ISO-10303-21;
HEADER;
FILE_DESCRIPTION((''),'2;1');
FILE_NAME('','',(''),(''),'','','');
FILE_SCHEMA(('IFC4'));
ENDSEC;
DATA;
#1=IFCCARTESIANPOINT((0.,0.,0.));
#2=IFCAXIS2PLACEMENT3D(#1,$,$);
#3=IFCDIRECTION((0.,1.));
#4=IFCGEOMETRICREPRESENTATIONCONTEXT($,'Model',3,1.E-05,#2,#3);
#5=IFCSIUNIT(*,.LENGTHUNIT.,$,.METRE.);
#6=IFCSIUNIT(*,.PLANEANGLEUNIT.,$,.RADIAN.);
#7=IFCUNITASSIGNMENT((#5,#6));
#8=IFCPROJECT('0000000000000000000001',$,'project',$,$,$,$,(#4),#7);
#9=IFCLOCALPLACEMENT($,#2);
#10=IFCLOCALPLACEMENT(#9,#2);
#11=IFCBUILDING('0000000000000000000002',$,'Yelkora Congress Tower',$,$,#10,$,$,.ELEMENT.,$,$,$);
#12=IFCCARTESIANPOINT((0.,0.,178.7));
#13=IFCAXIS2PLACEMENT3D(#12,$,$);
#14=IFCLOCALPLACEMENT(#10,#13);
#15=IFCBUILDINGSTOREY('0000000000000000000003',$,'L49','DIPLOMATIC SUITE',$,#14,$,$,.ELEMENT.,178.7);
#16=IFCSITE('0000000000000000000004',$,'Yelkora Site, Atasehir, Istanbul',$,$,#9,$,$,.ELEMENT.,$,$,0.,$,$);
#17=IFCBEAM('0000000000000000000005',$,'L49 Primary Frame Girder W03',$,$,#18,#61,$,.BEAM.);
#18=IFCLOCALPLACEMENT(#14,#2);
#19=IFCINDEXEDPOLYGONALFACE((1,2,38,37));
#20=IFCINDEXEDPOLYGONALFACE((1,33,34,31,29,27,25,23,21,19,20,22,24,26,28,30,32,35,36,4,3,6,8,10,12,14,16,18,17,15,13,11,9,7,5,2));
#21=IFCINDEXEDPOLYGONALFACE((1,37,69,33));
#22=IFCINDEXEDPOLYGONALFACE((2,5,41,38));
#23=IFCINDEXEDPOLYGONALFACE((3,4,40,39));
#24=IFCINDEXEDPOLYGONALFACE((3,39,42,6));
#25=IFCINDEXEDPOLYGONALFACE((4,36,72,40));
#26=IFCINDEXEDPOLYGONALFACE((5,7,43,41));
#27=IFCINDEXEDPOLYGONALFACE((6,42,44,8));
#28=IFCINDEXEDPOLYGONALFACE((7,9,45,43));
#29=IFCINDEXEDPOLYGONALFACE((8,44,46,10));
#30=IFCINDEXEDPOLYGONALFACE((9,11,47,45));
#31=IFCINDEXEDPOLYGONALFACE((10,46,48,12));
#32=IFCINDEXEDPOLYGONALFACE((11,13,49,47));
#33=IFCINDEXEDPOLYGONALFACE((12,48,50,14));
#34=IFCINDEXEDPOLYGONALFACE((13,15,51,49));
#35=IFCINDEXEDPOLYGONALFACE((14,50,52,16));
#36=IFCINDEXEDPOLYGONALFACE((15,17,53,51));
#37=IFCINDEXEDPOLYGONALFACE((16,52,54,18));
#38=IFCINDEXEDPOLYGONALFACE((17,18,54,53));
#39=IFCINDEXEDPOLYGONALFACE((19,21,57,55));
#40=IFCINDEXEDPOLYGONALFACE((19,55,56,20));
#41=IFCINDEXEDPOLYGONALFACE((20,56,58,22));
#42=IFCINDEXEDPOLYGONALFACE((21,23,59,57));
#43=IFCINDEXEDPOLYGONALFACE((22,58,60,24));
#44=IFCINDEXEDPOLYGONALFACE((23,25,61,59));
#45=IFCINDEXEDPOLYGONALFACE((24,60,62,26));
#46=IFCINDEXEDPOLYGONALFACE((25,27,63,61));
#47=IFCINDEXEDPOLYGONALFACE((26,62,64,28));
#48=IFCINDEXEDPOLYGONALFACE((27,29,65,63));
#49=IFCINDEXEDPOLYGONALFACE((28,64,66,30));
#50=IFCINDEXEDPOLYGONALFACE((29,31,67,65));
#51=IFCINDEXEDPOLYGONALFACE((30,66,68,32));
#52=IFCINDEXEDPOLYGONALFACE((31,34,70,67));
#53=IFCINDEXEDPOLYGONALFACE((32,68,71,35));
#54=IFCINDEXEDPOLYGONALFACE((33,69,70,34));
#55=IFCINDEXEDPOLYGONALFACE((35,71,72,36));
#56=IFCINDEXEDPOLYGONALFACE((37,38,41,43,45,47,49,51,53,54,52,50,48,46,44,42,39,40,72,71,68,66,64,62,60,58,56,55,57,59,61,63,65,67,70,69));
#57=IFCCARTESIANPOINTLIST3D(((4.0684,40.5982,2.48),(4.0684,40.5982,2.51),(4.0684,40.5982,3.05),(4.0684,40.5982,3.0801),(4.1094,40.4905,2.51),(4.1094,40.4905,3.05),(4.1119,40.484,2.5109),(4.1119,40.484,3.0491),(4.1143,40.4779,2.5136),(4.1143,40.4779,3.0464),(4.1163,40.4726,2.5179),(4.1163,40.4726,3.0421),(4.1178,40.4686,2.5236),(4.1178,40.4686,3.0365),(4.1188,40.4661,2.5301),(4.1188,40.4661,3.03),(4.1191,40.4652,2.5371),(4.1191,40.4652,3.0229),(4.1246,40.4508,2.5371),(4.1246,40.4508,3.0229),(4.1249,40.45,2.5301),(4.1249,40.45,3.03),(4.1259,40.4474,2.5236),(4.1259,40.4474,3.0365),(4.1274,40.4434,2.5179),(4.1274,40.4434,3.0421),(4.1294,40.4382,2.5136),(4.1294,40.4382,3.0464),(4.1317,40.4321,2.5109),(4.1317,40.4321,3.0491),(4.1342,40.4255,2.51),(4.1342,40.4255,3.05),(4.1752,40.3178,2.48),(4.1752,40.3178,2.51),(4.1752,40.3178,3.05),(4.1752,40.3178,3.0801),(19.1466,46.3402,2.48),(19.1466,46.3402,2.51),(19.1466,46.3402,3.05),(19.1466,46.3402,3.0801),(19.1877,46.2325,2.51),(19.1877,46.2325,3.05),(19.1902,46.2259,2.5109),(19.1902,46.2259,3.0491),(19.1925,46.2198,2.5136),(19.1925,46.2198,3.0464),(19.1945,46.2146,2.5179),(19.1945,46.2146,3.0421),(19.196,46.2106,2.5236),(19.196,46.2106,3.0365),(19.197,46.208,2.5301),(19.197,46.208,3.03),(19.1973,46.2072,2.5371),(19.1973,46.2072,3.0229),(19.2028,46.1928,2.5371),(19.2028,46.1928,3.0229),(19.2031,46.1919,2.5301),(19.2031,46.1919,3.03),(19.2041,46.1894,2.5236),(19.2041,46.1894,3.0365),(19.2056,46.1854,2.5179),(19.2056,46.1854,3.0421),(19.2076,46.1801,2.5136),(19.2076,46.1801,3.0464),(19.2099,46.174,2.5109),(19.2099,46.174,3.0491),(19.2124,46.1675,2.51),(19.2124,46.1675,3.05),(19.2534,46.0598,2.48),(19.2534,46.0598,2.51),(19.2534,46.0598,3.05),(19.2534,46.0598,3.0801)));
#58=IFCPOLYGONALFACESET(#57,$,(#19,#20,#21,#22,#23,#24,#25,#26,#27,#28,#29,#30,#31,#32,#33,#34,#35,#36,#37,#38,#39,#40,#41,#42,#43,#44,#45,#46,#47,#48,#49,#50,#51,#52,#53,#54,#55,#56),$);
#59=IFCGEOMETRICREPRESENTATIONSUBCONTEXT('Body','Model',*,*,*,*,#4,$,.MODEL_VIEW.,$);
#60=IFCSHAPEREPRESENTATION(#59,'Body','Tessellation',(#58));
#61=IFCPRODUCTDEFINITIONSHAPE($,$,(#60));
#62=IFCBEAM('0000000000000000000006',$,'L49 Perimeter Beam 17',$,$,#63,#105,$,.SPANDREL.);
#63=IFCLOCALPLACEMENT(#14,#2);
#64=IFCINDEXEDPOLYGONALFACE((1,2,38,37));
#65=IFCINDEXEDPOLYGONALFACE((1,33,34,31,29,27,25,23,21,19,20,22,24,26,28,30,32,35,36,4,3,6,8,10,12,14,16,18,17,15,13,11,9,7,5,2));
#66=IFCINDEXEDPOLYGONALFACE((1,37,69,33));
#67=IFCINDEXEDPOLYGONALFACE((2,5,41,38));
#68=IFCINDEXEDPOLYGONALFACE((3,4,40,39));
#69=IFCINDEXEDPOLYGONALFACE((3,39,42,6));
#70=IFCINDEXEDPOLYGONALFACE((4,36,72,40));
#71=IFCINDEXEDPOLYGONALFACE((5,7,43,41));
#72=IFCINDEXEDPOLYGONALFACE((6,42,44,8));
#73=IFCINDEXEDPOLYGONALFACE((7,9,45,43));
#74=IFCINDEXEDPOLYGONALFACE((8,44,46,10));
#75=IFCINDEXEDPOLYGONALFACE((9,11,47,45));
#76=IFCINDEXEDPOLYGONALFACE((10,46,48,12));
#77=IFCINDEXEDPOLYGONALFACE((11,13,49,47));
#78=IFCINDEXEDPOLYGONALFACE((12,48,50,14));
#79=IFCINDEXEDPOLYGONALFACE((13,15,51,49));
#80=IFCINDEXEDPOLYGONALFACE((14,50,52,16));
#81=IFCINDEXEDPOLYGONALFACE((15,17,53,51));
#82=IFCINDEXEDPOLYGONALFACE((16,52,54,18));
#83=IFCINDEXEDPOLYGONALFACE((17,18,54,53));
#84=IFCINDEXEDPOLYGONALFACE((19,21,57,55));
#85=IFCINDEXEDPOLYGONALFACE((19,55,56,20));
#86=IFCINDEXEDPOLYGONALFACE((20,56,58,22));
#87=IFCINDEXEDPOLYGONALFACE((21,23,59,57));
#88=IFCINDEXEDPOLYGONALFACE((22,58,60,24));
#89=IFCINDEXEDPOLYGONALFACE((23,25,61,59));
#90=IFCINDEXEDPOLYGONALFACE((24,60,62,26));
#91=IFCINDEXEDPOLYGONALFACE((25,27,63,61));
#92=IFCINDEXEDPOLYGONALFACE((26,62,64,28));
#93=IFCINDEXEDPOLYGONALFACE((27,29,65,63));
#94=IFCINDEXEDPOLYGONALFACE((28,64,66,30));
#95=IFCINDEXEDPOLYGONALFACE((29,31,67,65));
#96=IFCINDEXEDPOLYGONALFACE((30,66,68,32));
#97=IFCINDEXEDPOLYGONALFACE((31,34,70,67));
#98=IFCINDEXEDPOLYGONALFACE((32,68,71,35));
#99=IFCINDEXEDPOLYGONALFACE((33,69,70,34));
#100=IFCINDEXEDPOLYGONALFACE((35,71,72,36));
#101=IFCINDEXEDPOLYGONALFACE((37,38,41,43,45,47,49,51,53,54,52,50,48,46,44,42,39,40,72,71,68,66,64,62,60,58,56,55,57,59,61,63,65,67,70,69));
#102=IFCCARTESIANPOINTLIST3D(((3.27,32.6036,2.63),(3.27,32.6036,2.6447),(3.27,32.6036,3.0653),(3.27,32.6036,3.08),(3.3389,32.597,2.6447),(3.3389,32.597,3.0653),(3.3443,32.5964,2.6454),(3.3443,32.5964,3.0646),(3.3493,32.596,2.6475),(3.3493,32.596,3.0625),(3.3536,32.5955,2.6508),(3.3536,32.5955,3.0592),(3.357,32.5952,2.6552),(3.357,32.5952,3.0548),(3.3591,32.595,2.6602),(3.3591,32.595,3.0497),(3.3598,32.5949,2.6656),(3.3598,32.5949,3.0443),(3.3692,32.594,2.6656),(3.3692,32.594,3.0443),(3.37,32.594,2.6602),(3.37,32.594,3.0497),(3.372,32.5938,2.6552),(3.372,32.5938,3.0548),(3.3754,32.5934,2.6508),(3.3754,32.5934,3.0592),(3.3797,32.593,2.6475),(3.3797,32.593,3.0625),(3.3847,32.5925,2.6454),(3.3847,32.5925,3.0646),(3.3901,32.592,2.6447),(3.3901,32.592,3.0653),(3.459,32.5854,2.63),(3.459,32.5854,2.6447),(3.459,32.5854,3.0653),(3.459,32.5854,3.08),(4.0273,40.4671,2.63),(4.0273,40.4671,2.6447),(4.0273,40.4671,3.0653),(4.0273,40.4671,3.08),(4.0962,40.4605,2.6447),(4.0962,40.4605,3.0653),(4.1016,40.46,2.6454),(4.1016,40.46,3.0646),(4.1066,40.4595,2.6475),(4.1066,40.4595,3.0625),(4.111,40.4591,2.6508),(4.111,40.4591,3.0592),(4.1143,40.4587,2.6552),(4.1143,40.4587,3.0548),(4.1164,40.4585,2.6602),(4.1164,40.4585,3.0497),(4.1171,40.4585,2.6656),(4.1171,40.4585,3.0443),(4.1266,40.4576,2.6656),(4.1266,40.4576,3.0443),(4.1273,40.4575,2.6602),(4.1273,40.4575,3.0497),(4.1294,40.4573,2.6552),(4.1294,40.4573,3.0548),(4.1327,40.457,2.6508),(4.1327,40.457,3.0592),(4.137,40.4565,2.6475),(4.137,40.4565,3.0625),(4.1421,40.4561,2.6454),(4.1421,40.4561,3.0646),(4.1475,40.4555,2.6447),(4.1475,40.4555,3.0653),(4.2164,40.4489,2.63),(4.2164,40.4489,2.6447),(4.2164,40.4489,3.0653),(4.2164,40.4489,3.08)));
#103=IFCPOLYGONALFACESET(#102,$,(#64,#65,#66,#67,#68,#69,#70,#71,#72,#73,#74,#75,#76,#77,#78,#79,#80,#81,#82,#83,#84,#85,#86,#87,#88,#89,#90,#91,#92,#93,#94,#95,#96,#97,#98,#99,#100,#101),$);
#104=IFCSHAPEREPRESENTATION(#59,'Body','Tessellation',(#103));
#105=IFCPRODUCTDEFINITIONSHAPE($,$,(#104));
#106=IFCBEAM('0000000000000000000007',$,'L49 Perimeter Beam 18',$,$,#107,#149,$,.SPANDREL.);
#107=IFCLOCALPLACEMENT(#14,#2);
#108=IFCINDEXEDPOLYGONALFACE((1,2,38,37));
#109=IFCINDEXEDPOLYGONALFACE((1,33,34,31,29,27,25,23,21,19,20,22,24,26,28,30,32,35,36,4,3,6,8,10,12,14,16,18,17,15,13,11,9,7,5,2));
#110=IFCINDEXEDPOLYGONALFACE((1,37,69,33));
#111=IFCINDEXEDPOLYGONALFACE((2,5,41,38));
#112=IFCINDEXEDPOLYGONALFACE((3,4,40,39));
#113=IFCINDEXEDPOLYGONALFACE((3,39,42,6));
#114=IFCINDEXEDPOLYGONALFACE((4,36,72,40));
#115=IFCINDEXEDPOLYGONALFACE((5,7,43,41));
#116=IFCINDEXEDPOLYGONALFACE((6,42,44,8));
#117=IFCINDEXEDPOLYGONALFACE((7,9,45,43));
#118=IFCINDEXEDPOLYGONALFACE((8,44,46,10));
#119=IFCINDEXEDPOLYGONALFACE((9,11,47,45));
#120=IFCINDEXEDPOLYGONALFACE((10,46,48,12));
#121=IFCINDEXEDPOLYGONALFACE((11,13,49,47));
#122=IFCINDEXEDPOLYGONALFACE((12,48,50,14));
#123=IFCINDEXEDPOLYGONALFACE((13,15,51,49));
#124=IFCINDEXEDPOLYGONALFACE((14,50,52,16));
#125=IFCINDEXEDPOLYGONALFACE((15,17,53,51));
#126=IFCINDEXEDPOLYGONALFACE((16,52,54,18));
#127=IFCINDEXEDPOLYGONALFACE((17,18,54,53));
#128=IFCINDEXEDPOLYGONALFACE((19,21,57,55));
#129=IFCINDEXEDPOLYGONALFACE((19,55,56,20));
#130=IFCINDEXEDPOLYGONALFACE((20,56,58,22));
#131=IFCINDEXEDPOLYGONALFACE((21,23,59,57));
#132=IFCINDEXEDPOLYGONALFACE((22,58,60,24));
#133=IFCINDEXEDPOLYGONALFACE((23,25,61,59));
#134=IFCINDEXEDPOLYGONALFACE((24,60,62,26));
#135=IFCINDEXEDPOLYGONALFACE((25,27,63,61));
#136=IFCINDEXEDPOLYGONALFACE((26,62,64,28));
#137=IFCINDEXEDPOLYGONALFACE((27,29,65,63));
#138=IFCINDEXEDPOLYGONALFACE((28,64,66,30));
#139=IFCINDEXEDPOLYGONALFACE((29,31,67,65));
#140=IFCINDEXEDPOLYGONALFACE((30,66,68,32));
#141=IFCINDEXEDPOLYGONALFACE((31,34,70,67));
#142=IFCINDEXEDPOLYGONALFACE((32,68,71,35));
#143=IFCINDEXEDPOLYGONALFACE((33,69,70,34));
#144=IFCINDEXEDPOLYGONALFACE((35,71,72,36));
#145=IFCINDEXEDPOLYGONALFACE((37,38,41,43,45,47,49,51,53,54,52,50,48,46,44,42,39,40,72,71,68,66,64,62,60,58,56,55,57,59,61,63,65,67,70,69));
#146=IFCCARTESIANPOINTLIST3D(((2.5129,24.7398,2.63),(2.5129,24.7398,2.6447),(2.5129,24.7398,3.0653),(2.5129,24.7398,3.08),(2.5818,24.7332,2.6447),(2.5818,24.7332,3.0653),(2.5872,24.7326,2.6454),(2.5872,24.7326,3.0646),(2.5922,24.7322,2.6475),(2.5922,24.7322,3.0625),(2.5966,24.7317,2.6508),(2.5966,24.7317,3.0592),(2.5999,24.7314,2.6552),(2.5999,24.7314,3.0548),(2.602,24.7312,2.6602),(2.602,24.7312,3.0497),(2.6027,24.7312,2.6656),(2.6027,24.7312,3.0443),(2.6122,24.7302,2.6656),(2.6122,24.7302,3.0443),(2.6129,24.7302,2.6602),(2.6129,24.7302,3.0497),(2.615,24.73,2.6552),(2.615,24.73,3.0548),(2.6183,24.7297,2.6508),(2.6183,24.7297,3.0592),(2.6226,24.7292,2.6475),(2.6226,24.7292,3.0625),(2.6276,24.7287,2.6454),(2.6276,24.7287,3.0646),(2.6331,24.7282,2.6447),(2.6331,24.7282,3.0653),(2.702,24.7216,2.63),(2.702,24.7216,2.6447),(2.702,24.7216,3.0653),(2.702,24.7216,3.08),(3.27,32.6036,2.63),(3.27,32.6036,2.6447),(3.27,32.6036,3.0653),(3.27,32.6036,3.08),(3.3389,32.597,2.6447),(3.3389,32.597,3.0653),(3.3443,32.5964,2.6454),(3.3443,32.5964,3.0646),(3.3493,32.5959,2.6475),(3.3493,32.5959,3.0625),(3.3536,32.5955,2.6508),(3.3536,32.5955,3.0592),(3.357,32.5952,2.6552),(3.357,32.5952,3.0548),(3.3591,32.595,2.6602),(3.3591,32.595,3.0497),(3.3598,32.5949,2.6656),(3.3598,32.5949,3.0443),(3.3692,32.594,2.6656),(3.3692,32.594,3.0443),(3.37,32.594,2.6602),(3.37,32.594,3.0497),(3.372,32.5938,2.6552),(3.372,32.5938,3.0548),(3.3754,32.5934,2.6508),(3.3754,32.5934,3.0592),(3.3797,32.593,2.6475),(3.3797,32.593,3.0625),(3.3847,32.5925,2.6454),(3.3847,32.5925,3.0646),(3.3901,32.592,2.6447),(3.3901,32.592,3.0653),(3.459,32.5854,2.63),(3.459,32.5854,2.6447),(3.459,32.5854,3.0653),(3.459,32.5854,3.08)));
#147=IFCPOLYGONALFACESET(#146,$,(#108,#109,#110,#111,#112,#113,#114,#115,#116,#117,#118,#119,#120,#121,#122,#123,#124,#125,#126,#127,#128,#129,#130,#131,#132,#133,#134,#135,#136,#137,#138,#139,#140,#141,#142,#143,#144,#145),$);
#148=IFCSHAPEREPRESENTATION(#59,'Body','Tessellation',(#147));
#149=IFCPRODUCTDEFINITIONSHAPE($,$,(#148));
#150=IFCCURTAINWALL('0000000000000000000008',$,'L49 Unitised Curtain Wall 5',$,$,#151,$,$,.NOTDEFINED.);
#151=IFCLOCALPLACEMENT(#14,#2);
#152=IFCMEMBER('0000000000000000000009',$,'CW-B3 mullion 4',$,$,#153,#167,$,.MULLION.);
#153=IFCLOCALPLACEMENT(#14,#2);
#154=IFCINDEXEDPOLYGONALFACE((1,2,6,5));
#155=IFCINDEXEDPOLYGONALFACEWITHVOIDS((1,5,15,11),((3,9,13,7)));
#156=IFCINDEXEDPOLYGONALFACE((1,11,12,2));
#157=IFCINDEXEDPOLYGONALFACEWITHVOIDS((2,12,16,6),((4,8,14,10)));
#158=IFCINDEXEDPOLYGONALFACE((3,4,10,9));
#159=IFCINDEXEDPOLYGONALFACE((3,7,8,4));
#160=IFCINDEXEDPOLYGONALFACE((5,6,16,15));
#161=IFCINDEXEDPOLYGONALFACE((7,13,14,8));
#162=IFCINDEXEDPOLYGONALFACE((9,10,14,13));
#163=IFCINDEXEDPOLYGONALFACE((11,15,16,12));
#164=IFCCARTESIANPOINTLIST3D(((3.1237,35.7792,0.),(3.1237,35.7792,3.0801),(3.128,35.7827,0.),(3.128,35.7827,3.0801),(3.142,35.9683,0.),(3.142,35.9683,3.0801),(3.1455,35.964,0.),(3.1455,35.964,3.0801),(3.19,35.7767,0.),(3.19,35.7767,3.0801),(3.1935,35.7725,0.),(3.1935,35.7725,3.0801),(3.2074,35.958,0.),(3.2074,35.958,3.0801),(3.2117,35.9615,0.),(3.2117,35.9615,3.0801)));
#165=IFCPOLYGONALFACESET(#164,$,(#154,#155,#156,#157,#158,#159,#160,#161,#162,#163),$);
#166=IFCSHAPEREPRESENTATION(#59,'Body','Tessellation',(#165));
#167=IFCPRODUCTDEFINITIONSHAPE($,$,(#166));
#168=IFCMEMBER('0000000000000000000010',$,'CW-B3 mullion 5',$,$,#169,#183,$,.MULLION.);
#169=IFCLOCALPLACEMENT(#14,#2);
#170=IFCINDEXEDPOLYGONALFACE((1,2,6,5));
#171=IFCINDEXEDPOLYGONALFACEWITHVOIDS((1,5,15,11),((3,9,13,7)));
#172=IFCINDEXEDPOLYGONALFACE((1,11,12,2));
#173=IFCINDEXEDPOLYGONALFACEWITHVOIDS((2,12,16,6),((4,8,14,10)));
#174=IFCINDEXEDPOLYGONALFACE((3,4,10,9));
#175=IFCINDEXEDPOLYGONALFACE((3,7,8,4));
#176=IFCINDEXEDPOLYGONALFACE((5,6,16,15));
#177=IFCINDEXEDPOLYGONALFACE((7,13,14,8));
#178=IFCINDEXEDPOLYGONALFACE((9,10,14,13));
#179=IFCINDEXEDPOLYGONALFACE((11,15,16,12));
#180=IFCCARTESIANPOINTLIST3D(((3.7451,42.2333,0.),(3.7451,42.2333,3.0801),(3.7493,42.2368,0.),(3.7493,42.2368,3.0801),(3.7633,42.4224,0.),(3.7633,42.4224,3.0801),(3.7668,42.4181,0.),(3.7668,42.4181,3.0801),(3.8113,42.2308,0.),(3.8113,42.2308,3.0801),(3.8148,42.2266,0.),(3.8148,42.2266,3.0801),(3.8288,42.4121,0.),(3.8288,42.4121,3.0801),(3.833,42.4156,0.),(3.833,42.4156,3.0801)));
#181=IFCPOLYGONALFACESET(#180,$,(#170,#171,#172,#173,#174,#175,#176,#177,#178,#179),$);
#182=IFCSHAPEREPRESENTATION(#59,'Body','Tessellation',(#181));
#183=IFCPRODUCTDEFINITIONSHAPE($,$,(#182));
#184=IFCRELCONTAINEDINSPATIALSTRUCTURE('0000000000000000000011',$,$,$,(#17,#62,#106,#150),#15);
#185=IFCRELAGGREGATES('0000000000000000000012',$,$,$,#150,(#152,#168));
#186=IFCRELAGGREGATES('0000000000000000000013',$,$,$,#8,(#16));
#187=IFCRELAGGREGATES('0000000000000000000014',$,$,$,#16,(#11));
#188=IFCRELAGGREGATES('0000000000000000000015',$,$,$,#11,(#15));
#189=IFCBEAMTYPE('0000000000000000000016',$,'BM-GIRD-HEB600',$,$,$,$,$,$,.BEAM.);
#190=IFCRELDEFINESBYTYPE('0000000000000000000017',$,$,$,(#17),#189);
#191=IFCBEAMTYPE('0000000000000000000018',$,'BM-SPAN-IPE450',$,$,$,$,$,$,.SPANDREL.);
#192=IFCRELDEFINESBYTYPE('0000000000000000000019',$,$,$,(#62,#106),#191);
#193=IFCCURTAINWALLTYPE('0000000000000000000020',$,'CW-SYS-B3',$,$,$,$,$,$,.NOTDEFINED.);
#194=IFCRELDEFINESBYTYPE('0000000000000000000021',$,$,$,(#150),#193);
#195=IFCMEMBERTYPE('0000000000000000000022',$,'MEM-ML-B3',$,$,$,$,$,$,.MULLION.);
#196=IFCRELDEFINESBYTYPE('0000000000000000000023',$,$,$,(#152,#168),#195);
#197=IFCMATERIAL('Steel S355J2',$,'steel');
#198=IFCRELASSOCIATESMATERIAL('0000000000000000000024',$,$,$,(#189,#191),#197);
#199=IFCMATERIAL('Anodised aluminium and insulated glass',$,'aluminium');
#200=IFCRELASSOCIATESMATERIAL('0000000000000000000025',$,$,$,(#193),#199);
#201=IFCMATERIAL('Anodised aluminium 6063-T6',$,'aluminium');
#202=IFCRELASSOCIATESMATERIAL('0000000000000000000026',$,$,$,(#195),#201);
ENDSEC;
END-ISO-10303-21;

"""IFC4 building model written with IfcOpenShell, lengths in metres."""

from ifc_helpers import new_model, si_unit, direction, frame, origin, origin_2d, place, context, subcontext, project, spatial, hollow_rectangle, i_section, extrude, material, material_profile, profile_set, type_object, element, aggregate, save


model = new_model("IFC4")

# Units and contexts
model_context = context("Model", 3, precision=1e-05, world=origin(), true_north=direction((0.0, 1.0)))
body_context = subcontext(model_context, "Body", "Model", "MODEL_VIEW")
ifc_project = project(units=[si_unit("LENGTHUNIT", "METRE"), si_unit("PLANEANGLEUNIT", "RADIAN")], contexts=[model_context])

# Site, building, storey
site_placement = place(None, origin())
site = spatial("IfcSite", under=ifc_project, at=site_placement, Name="Yelkora Site, Atasehir, Istanbul", CompositionType="ELEMENT", RefElevation=0.0)
building_placement = place(site_placement, origin())
building = spatial("IfcBuilding", under=site, at=building_placement, Name="Yelkora Congress Tower", CompositionType="ELEMENT")
storey_placement = place(building_placement, frame((0.0, 0.0, 178.7)))
storey = spatial("IfcBuildingStorey", under=building, at=storey_placement, Name="L49", Description="DIPLOMATIC SUITE", CompositionType="ELEMENT", Elevation=178.7)

# Beams
ifc_material_1 = material(Name="Steel S355J2", Category="steel")
ifc_material_profile_1 = material_profile(ifc_material_1, i_section(OverallWidth=0.3, OverallDepth=0.6001, WebThickness=0.0154, FlangeThickness=0.03, FilletRadius=0.0271, at=origin_2d()), Name="HEB 600")
ifc_profile_set_1 = profile_set([ifc_material_profile_1], Name="Steel S355J2")
beam_type_1 = type_object("IfcBeamType", Name="BM-GIRD-HEB600", PredefinedType="BEAM", material=ifc_profile_set_1)
beam_1_placement = place(storey_placement, frame((4.1218, 40.458, 2.78), z_axis=(0.934531, 0.355881, 0.0), x_axis=(-0.355881, 0.934531, 0.0)))
element("IfcBeam", 1, at=beam_1_placement, inside=storey, type_object=beam_type_1, Name="L49 Primary Frame Girder W03", PredefinedType="BEAM", context=body_context, shape_type="SweptSolid", body=[
    extrude(i_section(OverallWidth=0.3, OverallDepth=0.6001, WebThickness=0.0154, FlangeThickness=0.03, FilletRadius=0.0271, at=origin_2d()), origin(), (0.0, 0.0, 1.0), 16.1345),
])
ifc_material_profile_2 = material_profile(ifc_material_1, i_section(OverallWidth=0.1899, OverallDepth=0.45, WebThickness=0.0095, FlangeThickness=0.0146, FilletRadius=0.021, at=origin_2d()), Name="IPE 450")
ifc_profile_set_2 = profile_set([ifc_material_profile_2], Name="Steel S355J2")
beam_type_2 = type_object("IfcBeamType", Name="BM-SPAN-IPE450", PredefinedType="SPANDREL", material=ifc_profile_set_2)
beam_2_placement = place(storey_placement, frame((4.1218, 40.458, 2.855), z_axis=(-0.095865, -0.995394, 0.0), x_axis=(0.995394, -0.095865, 0.0)))
element("IfcBeam", 2, at=beam_2_placement, inside=storey, type_object=beam_type_2, Name="L49 Perimeter Beam 17", PredefinedType="SPANDREL", context=body_context, shape_type="SweptSolid", body=[
    extrude(i_section(OverallWidth=0.1899, OverallDepth=0.45, WebThickness=0.0095, FlangeThickness=0.0146, FilletRadius=0.021, at=origin_2d()), origin(), (0.0, 0.0, 1.0), 7.8999),
])
beam_3_placement = place(storey_placement, frame((3.3645, 32.5945, 2.855), z_axis=(-0.095831, -0.995398, 0.0), x_axis=(0.995398, -0.095831, 0.0)))
element("IfcBeam", 3, at=beam_3_placement, inside=storey, type_object=beam_type_2, Name="L49 Perimeter Beam 18", PredefinedType="SPANDREL", context=body_context, shape_type="SweptSolid", body=[
    extrude(i_section(OverallWidth=0.1899, OverallDepth=0.45, WebThickness=0.0095, FlangeThickness=0.0146, FilletRadius=0.021, at=origin_2d()), origin(), (0.0, 0.0, 1.0), 7.9001),
])

# Curtain wall, members
ifc_material_2 = material(Name="Anodised aluminium and insulated glass", Category="aluminium")
curtain_wall_type = type_object("IfcCurtainWallType", Name="CW-SYS-B3", PredefinedType="NOTDEFINED", material=ifc_material_2)
curtain_wall_placement = place(storey_placement, origin())
curtain_wall = element("IfcCurtainWall", 4, at=curtain_wall_placement, inside=storey, type_object=curtain_wall_type, Name="L49 Unitised Curtain Wall 5", PredefinedType="NOTDEFINED")
ifc_material_3 = material(Name="Anodised aluminium 6063-T6", Category="aluminium")
ifc_material_profile_3 = material_profile(ifc_material_3, hollow_rectangle(XDim=0.0701, YDim=0.1899, WallThickness=0.0039, at=origin_2d()), Name="ALU 70x190x4")
ifc_profile_set_3 = profile_set([ifc_material_profile_3], Name="Anodised aluminium 6063-T6")
member_type_1 = type_object("IfcMemberType", Name="MEM-ML-B3", PredefinedType="MULLION", material=ifc_profile_set_3)
member_1_placement = place(storey_placement, frame((3.1677, 35.8704, 0.0), z_axis=(0.0, 0.0, 1.0), x_axis=(-0.995396, 0.095845, 0.0)))
member_1 = element("IfcMember", 5, at=member_1_placement, type_object=member_type_1, Name="CW-B3 mullion 4", PredefinedType="MULLION", context=body_context, shape_type="SweptSolid", body=[
    extrude(hollow_rectangle(XDim=0.0701, YDim=0.1899, WallThickness=0.0039, at=origin_2d()), origin(), (0.0, 0.0, 1.0), 3.0801),
])
member_2_placement = place(storey_placement, frame((3.7891, 42.3245, 0.0), z_axis=(0.0, 0.0, 1.0), x_axis=(-0.995396, 0.095845, 0.0)))
member_2 = element("IfcMember", 6, at=member_2_placement, type_object=member_type_1, Name="CW-B3 mullion 5", PredefinedType="MULLION", context=body_context, shape_type="SweptSolid", body=[
    extrude(hollow_rectangle(XDim=0.0701, YDim=0.1899, WallThickness=0.0039, at=origin_2d()), origin(), (0.0, 0.0, 1.0), 3.0801),
])
aggregate(curtain_wall, [member_1, member_2])

save(model, "model.ifc")
